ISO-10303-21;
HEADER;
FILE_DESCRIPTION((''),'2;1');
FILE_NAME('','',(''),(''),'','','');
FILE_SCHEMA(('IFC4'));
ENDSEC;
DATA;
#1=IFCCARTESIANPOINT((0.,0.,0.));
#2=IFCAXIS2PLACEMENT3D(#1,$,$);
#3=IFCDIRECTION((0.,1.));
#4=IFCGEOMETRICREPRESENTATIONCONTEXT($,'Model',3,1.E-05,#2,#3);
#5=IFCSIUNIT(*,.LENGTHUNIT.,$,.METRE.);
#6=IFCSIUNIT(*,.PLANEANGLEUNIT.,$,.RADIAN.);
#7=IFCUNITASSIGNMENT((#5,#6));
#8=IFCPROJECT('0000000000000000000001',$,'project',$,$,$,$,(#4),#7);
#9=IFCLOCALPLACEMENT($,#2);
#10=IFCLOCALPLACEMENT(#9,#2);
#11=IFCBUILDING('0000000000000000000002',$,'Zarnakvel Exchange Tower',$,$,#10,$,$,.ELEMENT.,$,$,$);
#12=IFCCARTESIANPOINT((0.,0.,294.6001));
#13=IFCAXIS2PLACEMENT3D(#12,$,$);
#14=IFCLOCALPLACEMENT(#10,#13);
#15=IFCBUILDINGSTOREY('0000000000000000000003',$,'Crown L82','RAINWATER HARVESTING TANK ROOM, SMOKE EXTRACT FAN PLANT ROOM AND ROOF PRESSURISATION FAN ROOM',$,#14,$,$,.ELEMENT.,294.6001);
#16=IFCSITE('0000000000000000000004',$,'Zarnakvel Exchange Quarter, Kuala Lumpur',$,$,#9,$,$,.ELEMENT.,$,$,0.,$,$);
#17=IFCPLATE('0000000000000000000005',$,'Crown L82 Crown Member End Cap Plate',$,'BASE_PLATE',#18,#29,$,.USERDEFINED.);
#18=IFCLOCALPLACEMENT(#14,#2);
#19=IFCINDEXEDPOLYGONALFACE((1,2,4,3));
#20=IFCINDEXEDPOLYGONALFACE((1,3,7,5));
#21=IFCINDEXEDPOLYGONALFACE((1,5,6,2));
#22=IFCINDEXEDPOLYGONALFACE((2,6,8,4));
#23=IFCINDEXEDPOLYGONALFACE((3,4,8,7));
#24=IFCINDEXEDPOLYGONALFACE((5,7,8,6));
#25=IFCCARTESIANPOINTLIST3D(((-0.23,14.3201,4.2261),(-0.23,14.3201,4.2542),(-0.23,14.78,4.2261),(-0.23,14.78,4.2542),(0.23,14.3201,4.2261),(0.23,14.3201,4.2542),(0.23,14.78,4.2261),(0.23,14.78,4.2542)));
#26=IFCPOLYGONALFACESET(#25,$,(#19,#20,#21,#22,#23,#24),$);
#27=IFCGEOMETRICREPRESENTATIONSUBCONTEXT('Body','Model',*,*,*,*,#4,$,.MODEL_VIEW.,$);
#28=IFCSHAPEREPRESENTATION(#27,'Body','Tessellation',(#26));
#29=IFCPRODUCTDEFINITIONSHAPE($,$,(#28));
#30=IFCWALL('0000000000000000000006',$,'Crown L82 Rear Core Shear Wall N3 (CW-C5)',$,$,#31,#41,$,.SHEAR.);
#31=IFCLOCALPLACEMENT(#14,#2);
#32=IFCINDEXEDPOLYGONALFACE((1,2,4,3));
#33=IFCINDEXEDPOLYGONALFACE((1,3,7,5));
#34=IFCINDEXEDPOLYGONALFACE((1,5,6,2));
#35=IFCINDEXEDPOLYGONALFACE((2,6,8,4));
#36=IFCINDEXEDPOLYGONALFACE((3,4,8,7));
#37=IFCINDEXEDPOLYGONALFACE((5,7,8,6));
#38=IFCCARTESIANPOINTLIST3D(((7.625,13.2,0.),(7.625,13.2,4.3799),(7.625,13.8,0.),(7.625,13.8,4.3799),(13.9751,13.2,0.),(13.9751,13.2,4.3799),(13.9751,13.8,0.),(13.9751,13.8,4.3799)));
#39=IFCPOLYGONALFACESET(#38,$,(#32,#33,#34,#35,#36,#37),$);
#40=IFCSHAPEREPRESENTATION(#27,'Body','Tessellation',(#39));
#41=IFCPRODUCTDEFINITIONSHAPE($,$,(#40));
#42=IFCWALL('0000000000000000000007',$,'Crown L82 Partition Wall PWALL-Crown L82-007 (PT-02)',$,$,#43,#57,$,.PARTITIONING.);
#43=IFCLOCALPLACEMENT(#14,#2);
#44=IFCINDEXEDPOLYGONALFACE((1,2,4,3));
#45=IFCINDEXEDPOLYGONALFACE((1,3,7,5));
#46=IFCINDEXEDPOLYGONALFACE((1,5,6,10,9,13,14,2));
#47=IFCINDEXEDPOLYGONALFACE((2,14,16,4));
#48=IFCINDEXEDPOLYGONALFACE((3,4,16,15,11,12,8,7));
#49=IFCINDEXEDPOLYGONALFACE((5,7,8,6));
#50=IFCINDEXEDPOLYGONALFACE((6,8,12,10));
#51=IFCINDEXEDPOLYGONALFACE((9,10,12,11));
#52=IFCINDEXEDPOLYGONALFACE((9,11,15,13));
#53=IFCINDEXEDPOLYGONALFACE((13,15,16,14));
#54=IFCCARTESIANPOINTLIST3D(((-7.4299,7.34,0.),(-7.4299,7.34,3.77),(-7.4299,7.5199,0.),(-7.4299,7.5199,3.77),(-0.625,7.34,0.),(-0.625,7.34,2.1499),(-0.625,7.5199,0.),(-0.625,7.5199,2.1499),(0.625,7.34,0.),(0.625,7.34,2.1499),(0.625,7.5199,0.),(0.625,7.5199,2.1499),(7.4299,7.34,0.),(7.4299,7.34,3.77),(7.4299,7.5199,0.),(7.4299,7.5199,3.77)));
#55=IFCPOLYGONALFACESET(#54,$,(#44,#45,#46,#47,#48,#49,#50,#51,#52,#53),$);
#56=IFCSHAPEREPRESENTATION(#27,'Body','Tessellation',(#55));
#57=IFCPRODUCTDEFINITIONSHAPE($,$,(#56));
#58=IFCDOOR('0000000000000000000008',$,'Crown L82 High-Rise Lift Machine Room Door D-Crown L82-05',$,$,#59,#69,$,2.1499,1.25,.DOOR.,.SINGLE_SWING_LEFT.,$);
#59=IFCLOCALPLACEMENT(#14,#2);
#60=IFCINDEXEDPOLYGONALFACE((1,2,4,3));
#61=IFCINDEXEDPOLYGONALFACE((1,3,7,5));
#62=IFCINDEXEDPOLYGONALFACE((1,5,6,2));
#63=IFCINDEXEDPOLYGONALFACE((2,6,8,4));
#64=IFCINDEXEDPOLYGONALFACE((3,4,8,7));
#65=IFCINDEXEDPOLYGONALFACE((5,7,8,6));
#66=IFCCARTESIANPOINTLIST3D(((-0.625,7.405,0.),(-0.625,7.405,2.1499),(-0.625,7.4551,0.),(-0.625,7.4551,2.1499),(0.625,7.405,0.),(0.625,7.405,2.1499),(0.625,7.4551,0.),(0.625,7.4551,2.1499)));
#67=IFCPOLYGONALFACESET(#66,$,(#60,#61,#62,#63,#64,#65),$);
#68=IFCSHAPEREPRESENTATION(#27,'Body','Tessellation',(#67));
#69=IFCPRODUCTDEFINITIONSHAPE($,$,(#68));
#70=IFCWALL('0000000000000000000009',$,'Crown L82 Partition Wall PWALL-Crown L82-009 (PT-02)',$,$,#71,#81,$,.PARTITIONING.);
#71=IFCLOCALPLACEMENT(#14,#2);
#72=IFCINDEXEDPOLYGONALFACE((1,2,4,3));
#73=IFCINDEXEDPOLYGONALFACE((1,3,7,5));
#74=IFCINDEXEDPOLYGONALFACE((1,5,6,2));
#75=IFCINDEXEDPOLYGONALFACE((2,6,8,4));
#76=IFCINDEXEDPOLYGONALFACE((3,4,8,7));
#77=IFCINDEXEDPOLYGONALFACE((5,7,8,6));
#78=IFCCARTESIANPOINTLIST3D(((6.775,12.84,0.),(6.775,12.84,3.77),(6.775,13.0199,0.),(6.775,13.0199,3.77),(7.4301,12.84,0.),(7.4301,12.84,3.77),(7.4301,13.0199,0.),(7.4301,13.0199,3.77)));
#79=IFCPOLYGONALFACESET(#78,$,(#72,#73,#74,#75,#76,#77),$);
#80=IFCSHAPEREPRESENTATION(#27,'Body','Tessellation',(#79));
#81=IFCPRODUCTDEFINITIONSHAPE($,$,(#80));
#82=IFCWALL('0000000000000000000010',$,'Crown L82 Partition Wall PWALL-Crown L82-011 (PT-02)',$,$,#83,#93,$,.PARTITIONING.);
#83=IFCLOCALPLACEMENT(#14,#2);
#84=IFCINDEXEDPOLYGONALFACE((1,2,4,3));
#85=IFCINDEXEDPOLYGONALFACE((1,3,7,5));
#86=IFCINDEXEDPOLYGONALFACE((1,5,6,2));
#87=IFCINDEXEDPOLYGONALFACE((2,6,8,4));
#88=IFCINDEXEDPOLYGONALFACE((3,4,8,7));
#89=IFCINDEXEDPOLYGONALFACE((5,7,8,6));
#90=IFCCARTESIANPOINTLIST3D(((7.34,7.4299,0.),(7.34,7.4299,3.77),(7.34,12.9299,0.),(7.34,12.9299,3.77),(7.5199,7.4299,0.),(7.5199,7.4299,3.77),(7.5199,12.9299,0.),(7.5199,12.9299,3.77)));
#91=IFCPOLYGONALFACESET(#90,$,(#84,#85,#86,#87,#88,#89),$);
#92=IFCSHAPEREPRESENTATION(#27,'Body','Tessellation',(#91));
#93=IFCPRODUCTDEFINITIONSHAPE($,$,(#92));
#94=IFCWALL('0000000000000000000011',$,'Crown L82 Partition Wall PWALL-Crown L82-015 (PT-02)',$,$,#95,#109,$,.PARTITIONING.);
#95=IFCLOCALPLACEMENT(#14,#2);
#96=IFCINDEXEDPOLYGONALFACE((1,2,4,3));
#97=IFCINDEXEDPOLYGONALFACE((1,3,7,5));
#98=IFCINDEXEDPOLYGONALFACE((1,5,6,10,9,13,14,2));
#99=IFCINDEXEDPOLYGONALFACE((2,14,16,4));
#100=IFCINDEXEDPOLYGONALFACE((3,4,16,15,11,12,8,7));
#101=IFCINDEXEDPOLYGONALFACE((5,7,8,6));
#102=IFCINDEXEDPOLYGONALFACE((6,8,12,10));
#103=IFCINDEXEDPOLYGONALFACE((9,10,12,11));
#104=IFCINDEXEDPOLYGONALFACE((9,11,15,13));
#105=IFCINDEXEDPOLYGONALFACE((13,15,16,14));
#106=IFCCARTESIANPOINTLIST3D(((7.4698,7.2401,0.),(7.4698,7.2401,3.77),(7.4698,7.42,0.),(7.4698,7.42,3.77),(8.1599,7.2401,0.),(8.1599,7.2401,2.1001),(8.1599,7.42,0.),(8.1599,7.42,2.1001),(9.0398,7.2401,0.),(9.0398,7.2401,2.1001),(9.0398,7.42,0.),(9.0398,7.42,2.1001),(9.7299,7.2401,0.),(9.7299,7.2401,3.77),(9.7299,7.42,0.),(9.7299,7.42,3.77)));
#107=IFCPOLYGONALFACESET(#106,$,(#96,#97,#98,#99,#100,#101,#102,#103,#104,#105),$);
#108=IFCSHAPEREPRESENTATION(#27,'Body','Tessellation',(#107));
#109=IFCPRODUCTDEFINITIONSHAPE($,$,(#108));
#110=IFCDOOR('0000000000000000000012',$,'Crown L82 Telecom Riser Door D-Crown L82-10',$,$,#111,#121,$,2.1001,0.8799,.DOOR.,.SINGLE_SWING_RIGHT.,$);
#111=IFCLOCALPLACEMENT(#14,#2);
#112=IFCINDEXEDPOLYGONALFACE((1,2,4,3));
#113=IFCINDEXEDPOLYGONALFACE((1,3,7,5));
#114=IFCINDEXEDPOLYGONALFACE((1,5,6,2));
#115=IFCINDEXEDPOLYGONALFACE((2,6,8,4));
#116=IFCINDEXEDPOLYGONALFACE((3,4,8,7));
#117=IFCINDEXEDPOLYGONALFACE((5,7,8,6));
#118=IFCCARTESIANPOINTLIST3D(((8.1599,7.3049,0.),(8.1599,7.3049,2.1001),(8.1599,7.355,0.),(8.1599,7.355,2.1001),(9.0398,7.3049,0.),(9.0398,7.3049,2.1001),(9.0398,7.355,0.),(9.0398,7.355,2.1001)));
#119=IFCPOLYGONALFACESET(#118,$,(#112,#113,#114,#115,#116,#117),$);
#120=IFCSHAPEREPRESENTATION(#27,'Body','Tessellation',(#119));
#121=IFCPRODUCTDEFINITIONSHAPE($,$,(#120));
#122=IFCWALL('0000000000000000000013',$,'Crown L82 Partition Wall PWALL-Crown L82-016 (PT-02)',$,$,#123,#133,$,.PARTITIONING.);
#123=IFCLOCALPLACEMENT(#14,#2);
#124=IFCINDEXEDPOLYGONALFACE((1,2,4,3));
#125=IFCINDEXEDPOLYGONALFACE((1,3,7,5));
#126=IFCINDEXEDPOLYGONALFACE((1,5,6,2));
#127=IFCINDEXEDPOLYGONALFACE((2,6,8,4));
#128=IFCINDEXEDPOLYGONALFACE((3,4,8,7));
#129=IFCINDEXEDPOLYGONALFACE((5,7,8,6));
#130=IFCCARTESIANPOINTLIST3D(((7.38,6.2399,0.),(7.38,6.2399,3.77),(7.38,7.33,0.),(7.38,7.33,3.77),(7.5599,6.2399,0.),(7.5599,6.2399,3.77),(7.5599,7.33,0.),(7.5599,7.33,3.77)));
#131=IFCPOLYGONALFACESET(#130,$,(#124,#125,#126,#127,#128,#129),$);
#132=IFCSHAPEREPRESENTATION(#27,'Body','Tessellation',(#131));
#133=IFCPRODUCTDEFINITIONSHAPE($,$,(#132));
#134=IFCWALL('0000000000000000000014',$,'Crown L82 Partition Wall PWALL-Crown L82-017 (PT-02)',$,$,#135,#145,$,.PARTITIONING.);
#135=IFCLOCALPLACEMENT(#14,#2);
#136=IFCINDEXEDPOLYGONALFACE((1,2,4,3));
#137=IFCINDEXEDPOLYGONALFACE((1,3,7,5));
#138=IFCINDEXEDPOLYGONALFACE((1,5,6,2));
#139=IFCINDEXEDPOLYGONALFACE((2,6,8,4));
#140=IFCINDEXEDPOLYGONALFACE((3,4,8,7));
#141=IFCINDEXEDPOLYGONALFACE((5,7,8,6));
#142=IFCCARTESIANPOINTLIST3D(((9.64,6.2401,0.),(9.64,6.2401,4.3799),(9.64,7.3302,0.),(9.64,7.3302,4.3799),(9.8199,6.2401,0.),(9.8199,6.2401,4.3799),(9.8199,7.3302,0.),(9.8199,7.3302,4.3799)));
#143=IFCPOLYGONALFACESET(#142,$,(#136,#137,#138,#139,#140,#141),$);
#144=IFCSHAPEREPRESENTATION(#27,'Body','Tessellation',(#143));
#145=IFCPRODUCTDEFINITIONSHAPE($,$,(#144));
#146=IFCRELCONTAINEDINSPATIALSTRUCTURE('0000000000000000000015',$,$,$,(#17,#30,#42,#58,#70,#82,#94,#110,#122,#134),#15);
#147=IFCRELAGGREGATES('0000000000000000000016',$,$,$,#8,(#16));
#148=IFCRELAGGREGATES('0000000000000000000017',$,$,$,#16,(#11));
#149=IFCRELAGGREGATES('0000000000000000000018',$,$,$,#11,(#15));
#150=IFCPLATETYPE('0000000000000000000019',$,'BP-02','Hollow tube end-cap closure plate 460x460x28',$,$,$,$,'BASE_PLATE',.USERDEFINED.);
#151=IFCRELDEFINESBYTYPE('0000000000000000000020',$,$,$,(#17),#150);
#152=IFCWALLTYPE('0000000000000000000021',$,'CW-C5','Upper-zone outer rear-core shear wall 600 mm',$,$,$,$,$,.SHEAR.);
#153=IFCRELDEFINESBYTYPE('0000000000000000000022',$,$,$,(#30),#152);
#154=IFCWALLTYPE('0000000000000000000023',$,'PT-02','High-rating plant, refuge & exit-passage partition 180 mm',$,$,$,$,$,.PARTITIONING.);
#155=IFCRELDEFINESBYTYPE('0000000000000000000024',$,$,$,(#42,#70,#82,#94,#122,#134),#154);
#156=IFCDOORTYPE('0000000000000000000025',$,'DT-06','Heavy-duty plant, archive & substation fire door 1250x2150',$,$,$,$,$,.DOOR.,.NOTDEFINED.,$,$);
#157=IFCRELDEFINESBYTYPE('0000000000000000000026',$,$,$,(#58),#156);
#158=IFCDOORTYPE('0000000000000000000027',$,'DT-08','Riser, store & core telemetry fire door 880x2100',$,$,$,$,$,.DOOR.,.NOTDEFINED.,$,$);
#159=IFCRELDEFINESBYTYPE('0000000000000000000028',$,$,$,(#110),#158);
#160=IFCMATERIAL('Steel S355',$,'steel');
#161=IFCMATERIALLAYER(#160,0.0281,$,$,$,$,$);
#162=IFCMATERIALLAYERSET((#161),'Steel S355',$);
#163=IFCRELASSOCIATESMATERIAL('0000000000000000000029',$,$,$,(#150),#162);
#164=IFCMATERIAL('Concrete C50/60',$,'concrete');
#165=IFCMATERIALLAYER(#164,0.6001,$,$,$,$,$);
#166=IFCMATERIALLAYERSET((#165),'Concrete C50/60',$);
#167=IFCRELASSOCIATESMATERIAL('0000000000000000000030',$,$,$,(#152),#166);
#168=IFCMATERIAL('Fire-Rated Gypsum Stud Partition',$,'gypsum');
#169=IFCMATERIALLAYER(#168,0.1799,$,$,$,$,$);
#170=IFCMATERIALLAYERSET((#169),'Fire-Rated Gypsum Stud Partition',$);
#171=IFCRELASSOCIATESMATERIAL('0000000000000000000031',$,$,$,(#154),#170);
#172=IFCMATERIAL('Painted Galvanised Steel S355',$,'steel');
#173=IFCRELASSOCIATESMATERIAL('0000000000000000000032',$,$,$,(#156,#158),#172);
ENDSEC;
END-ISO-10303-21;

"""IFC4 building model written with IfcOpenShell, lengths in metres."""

from ifc_helpers import new_model, si_unit, direction, frame, frame_2d, origin, origin_2d, place, context, subcontext, project, spatial, rectangle, extrude, source, transform, mapped, material, layer, layer_set, type_object, element, fill, save


model = new_model("IFC4")

# Units and contexts
model_context = context("Model", 3, precision=1e-05, world=origin(), true_north=direction((0.0, 1.0)))
body_context = subcontext(model_context, "Body", "Model", "MODEL_VIEW")
ifc_project = project(units=[si_unit("LENGTHUNIT", "METRE"), si_unit("PLANEANGLEUNIT", "RADIAN")], contexts=[model_context])

# Site, building, storey
site_placement = place(None, origin())
site = spatial("IfcSite", under=ifc_project, at=site_placement, Name="Zarnakvel Exchange Quarter, Kuala Lumpur", CompositionType="ELEMENT", RefElevation=0.0)
building_placement = place(site_placement, origin())
building = spatial("IfcBuilding", under=site, at=building_placement, Name="Zarnakvel Exchange Tower", CompositionType="ELEMENT")
storey_placement = place(building_placement, frame((0.0, 0.0, 294.6001)))
storey = spatial("IfcBuildingStorey", under=building, at=storey_placement, Name="Crown L82", Description="RAINWATER HARVESTING TANK ROOM, SMOKE EXTRACT FAN PLANT ROOM AND ROOF PRESSURISATION FAN ROOM", CompositionType="ELEMENT", Elevation=294.6001)

# Shared definitions
ifc_material_1 = material(Name="Concrete C50/60", Category="concrete")
ifc_material_2 = material(Name="Steel S355", Category="steel")

# Plate
ifc_layer_1 = layer(ifc_material_2, 0.0281)
ifc_layer_set_1 = layer_set([ifc_layer_1], Name="Steel S355")
plate_type = type_object("IfcPlateType", Name="BP-02", Description="Hollow tube end-cap closure plate 460x460x28", ElementType="BASE_PLATE", PredefinedType="USERDEFINED", material=ifc_layer_set_1)
shared_shape_1 = source(origin(), body_context, "Body", "SweptSolid", [
    extrude(rectangle(XDim=0.46, YDim=0.46, at=origin_2d()), origin(), (0.0, 0.0, 1.0), 0.0281),
])
plate_placement = place(storey_placement, frame((0.0, 14.55, 4.2261), z_axis=(0.0, 0.0, 1.0), x_axis=(1.0, 0.0, 0.0)))
element("IfcPlate", 1, at=plate_placement, inside=storey, type_object=plate_type, Name="Crown L82 Crown Member End Cap Plate", ObjectType="BASE_PLATE", PredefinedType="USERDEFINED", context=body_context, shape_type="MappedRepresentation", body=[
    mapped(shared_shape_1, transform((0.0, 0.0, 0.0), x_axis=(1.0, 0.0, 0.0), y_axis=(0.0, 1.0, 0.0), z_axis=(0.0, 0.0, 1.0), scale=1.0)),
])

# Wall
ifc_layer_2 = layer(ifc_material_1, 0.6001)
ifc_layer_set_2 = layer_set([ifc_layer_2], Name="Concrete C50/60")
wall_type_1 = type_object("IfcWallType", Name="CW-C5", Description="Upper-zone outer rear-core shear wall 600 mm", PredefinedType="SHEAR", material=ifc_layer_set_2)
wall_1_placement = place(storey_placement, frame((7.625, 13.5, 0.0), z_axis=(0.0, 0.0, 1.0), x_axis=(1.0, 0.0, 0.0)))
element("IfcWall", 2, at=wall_1_placement, inside=storey, type_object=wall_type_1, Name="Crown L82 Rear Core Shear Wall N3 (CW-C5)", PredefinedType="SHEAR", context=body_context, shape_type="SweptSolid", body=[
    extrude(rectangle(XDim=6.3501, YDim=0.6001, at=frame_2d((3.175, 0.0))), origin(), (0.0, 0.0, 1.0), 4.3799),
])

# Wall, opening, door
ifc_material_3 = material(Name="Fire-Rated Gypsum Stud Partition", Category="gypsum")
ifc_layer_3 = layer(ifc_material_3, 0.1799)
ifc_layer_set_3 = layer_set([ifc_layer_3], Name="Fire-Rated Gypsum Stud Partition")
wall_type_2 = type_object("IfcWallType", Name="PT-02", Description="High-rating plant, refuge & exit-passage partition 180 mm", PredefinedType="PARTITIONING", material=ifc_layer_set_3)
wall_2_placement = place(storey_placement, frame((7.4299, 7.4299, 0.0), z_axis=(0.0, 0.0, 1.0), x_axis=(-1.0, 0.0, 0.0)))
wall_2 = element("IfcWall", 3, at=wall_2_placement, inside=storey, type_object=wall_type_2, Name="Crown L82 Partition Wall PWALL-Crown L82-007 (PT-02)", PredefinedType="PARTITIONING", context=body_context, shape_type="SweptSolid", body=[
    extrude(rectangle(XDim=14.8599, YDim=0.1799, at=frame_2d((7.4299, 0.0))), origin(), (0.0, 0.0, 1.0), 3.77),
])
opening_1_placement = place(wall_2_placement, frame((6.8049, 0.0, 0.0)))
opening_1 = element("IfcOpeningElement", 4, at=opening_1_placement, cuts=wall_2, PredefinedType="OPENING", context=body_context, shape_type="SweptSolid", body=[
    extrude(rectangle(XDim=1.25, YDim=2.1499, at=frame_2d((0.625, 1.075))), frame((0.0, 0.0999, 0.0), z_axis=(0.0, -1.0, 0.0), x_axis=(1.0, 0.0, 0.0)), (0.0, 0.0, 1.0), 0.2),
])
ifc_material_4 = material(Name="Painted Galvanised Steel S355", Category="steel")
door_type_1 = type_object("IfcDoorType", Name="DT-06", Description="Heavy-duty plant, archive & substation fire door 1250x2150", OperationType="NOTDEFINED", PredefinedType="DOOR", material=ifc_material_4)
shared_shape_2 = source(origin(), body_context, "Body", "SweptSolid", [
    extrude(rectangle(XDim=1.25, YDim=2.1499, at=frame_2d((0.625, 1.075))), frame((0.0, 0.0249, 0.0), z_axis=(0.0, -1.0, 0.0), x_axis=(1.0, 0.0, 0.0)), (0.0, 0.0, 1.0), 0.05),
])
door_1_placement = place(opening_1_placement, origin())
door_1 = element("IfcDoor", 5, at=door_1_placement, inside=storey, type_object=door_type_1, Name="Crown L82 High-Rise Lift Machine Room Door D-Crown L82-05", OperationType="SINGLE_SWING_LEFT", OverallHeight=2.1499, OverallWidth=1.25, PredefinedType="DOOR", context=body_context, shape_type="MappedRepresentation", body=[
    mapped(shared_shape_2, transform((0.0, 0.0, 0.0), x_axis=(1.0, 0.0, 0.0), y_axis=(0.0, 1.0, 0.0), z_axis=(0.0, 0.0, 1.0), scale=1.0)),
])
fill(opening_1, door_1)

# Walls
wall_3_placement = place(storey_placement, frame((6.7749, 12.9299, 0.0), z_axis=(0.0, 0.0, 1.0), x_axis=(1.0, 0.0, 0.0)))
element("IfcWall", 6, at=wall_3_placement, inside=storey, type_object=wall_type_2, Name="Crown L82 Partition Wall PWALL-Crown L82-009 (PT-02)", PredefinedType="PARTITIONING", context=body_context, shape_type="SweptSolid", body=[
    extrude(rectangle(XDim=0.655, YDim=0.1799, at=frame_2d((0.3276, 0.0))), origin(), (0.0, 0.0, 1.0), 3.77),
])
wall_4_placement = place(storey_placement, frame((7.4299, 12.9299, 0.0), z_axis=(0.0, 0.0, 1.0), x_axis=(0.0, -1.0, 0.0)))
element("IfcWall", 7, at=wall_4_placement, inside=storey, type_object=wall_type_2, Name="Crown L82 Partition Wall PWALL-Crown L82-011 (PT-02)", PredefinedType="PARTITIONING", context=body_context, shape_type="SweptSolid", body=[
    extrude(rectangle(XDim=5.5, YDim=0.1799, at=frame_2d((2.75, 0.0))), origin(), (0.0, 0.0, 1.0), 3.77),
])

# Wall, opening, door
wall_5_placement = place(storey_placement, frame((7.47, 7.3301, 0.0), z_axis=(0.0, 0.0, 1.0), x_axis=(1.0, 0.0, 0.0)))
wall_5 = element("IfcWall", 8, at=wall_5_placement, inside=storey, type_object=wall_type_2, Name="Crown L82 Partition Wall PWALL-Crown L82-015 (PT-02)", PredefinedType="PARTITIONING", context=body_context, shape_type="SweptSolid", body=[
    extrude(rectangle(XDim=2.26, YDim=0.1799, at=frame_2d((1.1299, 0.0))), origin(), (0.0, 0.0, 1.0), 3.77),
])
opening_2_placement = place(wall_5_placement, frame((0.6899, 0.0, 0.0)))
opening_2 = element("IfcOpeningElement", 9, at=opening_2_placement, cuts=wall_5, PredefinedType="OPENING", context=body_context, shape_type="SweptSolid", body=[
    extrude(rectangle(XDim=0.8799, YDim=2.1001, at=frame_2d((0.4399, 1.05))), frame((0.0, 0.0999, 0.0), z_axis=(0.0, -1.0, 0.0), x_axis=(1.0, 0.0, 0.0)), (0.0, 0.0, 1.0), 0.2),
])
door_type_2 = type_object("IfcDoorType", Name="DT-08", Description="Riser, store & core telemetry fire door 880x2100", OperationType="NOTDEFINED", PredefinedType="DOOR", material=ifc_material_4)
shared_shape_3 = source(origin(), body_context, "Body", "SweptSolid", [
    extrude(rectangle(XDim=0.8799, YDim=2.1001, at=frame_2d((0.4399, 1.05))), frame((0.0, 0.0249, 0.0), z_axis=(0.0, -1.0, 0.0), x_axis=(1.0, 0.0, 0.0)), (0.0, 0.0, 1.0), 0.05),
])
door_2_placement = place(opening_2_placement, origin())
door_2 = element("IfcDoor", 10, at=door_2_placement, inside=storey, type_object=door_type_2, Name="Crown L82 Telecom Riser Door D-Crown L82-10", OperationType="SINGLE_SWING_RIGHT", OverallHeight=2.1001, OverallWidth=0.8799, PredefinedType="DOOR", context=body_context, shape_type="MappedRepresentation", body=[
    mapped(shared_shape_3, transform((0.0, 0.0, 0.0), x_axis=(1.0, 0.0, 0.0), y_axis=(0.0, 1.0, 0.0), z_axis=(0.0, 0.0, 1.0), scale=1.0)),
])
fill(opening_2, door_2)

# Walls
wall_6_placement = place(storey_placement, frame((7.47, 6.24, 0.0), z_axis=(0.0, 0.0, 1.0), x_axis=(0.0, 1.0, 0.0)))
element("IfcWall", 11, at=wall_6_placement, inside=storey, type_object=wall_type_2, Name="Crown L82 Partition Wall PWALL-Crown L82-016 (PT-02)", PredefinedType="PARTITIONING", context=body_context, shape_type="SweptSolid", body=[
    extrude(rectangle(XDim=1.0901, YDim=0.1799, at=frame_2d((0.5449, 0.0))), origin(), (0.0, 0.0, 1.0), 3.77),
])
wall_7_placement = place(storey_placement, frame((9.73, 7.3301, 0.0), z_axis=(0.0, 0.0, 1.0), x_axis=(0.0, -1.0, 0.0)))
element("IfcWall", 12, at=wall_7_placement, inside=storey, type_object=wall_type_2, Name="Crown L82 Partition Wall PWALL-Crown L82-017 (PT-02)", PredefinedType="PARTITIONING", context=body_context, shape_type="SweptSolid", body=[
    extrude(rectangle(XDim=1.0901, YDim=0.1799, at=frame_2d((0.5449, 0.0))), origin(), (0.0, 0.0, 1.0), 4.3799),
])

save(model, "model.ifc")
